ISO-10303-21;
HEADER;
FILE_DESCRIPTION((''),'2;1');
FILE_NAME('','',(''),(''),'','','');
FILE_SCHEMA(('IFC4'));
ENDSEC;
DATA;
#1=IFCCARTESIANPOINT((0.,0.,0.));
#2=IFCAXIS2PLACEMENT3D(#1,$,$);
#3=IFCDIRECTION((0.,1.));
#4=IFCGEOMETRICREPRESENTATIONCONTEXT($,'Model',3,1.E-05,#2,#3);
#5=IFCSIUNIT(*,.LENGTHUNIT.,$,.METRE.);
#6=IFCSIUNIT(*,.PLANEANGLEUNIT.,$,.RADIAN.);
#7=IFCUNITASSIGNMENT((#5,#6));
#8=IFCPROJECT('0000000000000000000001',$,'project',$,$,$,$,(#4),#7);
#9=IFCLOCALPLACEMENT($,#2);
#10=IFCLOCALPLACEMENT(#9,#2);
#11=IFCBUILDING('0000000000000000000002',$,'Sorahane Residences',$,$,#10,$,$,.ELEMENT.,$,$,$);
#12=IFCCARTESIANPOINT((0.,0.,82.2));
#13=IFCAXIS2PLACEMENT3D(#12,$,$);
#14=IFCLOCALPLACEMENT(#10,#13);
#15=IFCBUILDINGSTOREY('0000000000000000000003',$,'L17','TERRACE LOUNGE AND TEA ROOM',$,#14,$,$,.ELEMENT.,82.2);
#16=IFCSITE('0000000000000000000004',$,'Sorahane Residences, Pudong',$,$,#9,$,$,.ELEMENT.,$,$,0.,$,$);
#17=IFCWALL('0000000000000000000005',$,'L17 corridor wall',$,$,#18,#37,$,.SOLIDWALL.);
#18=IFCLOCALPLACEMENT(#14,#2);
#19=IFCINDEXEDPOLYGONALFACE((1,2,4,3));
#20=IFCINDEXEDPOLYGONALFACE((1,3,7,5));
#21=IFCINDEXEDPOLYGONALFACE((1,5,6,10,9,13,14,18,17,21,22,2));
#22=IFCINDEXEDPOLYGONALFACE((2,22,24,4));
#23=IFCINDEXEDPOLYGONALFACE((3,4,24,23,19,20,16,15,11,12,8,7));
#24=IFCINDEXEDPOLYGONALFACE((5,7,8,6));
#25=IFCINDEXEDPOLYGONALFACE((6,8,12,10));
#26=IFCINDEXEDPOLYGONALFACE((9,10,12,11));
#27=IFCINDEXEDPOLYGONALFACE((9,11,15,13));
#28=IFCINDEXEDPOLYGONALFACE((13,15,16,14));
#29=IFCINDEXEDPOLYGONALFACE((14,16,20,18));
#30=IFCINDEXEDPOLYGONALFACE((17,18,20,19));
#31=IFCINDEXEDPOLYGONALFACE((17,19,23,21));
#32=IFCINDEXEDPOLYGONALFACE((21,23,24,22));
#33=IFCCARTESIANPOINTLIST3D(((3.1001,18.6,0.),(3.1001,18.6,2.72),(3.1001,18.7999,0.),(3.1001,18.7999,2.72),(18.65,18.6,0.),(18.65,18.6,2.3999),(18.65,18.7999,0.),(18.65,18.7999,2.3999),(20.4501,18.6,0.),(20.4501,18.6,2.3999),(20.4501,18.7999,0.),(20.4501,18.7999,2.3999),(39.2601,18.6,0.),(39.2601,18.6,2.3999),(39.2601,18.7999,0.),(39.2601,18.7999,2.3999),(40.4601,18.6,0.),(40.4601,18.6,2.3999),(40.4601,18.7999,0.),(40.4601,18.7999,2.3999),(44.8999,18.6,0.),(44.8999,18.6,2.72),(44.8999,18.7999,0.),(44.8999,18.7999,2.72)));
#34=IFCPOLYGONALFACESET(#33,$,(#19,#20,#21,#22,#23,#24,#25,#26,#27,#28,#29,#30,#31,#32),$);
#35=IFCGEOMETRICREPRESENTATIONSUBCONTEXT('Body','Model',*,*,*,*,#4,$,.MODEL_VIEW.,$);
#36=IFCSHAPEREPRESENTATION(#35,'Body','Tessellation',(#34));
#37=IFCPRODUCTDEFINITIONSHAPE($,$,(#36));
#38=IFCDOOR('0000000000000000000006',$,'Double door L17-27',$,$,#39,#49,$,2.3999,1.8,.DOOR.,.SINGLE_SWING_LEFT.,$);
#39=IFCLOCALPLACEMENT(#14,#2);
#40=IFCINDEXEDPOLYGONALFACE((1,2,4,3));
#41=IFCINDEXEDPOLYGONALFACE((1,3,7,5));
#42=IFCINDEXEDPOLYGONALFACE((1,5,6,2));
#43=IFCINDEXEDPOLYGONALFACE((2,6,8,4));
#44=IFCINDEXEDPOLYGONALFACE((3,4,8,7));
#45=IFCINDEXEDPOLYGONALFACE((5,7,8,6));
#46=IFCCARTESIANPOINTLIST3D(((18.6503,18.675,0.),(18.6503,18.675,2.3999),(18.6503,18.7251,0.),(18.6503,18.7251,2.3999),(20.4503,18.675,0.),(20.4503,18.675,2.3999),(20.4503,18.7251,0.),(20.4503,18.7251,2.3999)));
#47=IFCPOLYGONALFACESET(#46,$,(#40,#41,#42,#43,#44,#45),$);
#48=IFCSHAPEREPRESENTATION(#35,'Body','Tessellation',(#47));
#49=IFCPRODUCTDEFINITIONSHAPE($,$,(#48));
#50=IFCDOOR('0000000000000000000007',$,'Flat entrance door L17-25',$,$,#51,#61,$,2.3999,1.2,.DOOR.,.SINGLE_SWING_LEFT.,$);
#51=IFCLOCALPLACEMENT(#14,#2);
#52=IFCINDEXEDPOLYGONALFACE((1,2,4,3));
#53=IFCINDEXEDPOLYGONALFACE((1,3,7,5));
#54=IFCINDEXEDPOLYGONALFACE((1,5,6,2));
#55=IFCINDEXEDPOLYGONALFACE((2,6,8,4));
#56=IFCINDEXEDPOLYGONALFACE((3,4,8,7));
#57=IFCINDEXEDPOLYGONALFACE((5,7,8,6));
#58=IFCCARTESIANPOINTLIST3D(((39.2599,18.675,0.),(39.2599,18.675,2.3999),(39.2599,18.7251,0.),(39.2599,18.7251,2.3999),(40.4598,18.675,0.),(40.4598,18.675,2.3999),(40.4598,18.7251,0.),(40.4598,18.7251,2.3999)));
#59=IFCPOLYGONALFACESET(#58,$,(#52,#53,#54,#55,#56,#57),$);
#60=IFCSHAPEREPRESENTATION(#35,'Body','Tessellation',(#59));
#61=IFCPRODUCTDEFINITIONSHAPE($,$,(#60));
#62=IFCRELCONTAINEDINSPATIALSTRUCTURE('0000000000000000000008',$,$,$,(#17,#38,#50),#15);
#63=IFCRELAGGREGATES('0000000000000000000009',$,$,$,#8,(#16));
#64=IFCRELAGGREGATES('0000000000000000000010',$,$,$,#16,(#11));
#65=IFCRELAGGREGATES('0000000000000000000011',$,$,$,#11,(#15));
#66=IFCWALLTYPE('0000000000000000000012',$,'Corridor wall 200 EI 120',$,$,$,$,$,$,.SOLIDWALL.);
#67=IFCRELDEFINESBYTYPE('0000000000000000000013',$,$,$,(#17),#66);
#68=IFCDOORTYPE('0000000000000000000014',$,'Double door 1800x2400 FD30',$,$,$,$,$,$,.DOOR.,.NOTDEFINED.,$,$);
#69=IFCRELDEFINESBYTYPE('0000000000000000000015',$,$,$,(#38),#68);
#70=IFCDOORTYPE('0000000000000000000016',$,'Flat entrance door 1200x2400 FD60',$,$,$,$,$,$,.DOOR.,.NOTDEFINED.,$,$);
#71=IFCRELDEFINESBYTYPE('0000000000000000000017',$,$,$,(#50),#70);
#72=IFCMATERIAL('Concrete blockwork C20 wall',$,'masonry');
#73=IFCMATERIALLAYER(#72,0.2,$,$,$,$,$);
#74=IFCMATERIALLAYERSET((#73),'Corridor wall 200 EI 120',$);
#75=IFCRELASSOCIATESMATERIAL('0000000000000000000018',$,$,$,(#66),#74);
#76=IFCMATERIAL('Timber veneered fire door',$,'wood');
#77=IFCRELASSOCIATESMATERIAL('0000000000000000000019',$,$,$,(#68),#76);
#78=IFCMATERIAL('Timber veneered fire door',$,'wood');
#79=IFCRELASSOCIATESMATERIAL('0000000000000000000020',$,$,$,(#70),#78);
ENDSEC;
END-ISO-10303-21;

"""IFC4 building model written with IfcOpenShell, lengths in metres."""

from ifc_helpers import new_model, si_unit, direction, frame, frame_2d, origin, place, context, subcontext, project, spatial, rectangle, extrude, material, layer, layer_set, type_object, element, fill, save


model = new_model("IFC4")

# Units and contexts
model_context = context("Model", 3, precision=1e-05, world=origin(), true_north=direction((0.0, 1.0)))
body_context = subcontext(model_context, "Body", "Model", "MODEL_VIEW")
ifc_project = project(units=[si_unit("LENGTHUNIT", "METRE"), si_unit("PLANEANGLEUNIT", "RADIAN")], contexts=[model_context])

# Site, building, storey
site_placement = place(None, origin())
site = spatial("IfcSite", under=ifc_project, at=site_placement, Name="Sorahane Residences, Pudong", CompositionType="ELEMENT", RefElevation=0.0)
building_placement = place(site_placement, origin())
building = spatial("IfcBuilding", under=site, at=building_placement, Name="Sorahane Residences", CompositionType="ELEMENT")
storey_placement = place(building_placement, frame((0.0, 0.0, 82.2)))
storey = spatial("IfcBuildingStorey", under=building, at=storey_placement, Name="L17", Description="TERRACE LOUNGE AND TEA ROOM", CompositionType="ELEMENT", Elevation=82.2)

# Shared definitions
ifc_material_1 = material(Name="Concrete blockwork C20 wall", Category="masonry")
ifc_layer_1 = layer(ifc_material_1, 0.2)
ifc_layer_set_1 = layer_set([ifc_layer_1], Name="Corridor wall 200 EI 120")
wall_type = type_object("IfcWallType", Name="Corridor wall 200 EI 120", PredefinedType="SOLIDWALL", material=ifc_layer_set_1)

# Wall, openings, doors
wall_1_placement = place(storey_placement, frame((3.1001, 18.7, 0.0), z_axis=(0.0, 0.0, 1.0), x_axis=(1.0, 0.0, 0.0)))
wall_1 = element("IfcWall", 1, at=wall_1_placement, inside=storey, type_object=wall_type, Name="L17 corridor wall", PredefinedType="SOLIDWALL", context=body_context, shape_type="SweptSolid", body=[
    extrude(rectangle(XDim=41.7998, YDim=0.2, at=frame_2d((20.8999, 0.0))), origin(), (0.0, 0.0, 1.0), 2.72),
])
opening_1_placement = place(wall_1_placement, frame((36.1599, 0.0, 0.0)))
opening_1 = element("IfcOpeningElement", 2, at=opening_1_placement, cuts=wall_1, PredefinedType="OPENING", context=body_context, shape_type="SweptSolid", body=[
    extrude(rectangle(XDim=1.2, YDim=2.3999, at=frame_2d((0.6001, 1.2))), frame((0.0, 0.1099, 0.0), z_axis=(0.0, -1.0, 0.0), x_axis=(1.0, 0.0, 0.0)), (0.0, 0.0, 1.0), 0.22),
])
opening_2_placement = place(wall_1_placement, frame((15.55, 0.0, 0.0)))
opening_2 = element("IfcOpeningElement", 3, at=opening_2_placement, cuts=wall_1, PredefinedType="OPENING", context=body_context, shape_type="SweptSolid", body=[
    extrude(rectangle(XDim=1.8, YDim=2.3999, at=frame_2d((0.8999, 1.2))), frame((0.0, 0.1099, 0.0), z_axis=(0.0, -1.0, 0.0), x_axis=(1.0, 0.0, 0.0)), (0.0, 0.0, 1.0), 0.22),
])
ifc_material_2 = material(Name="Timber veneered fire door", Category="wood")
door_type_1 = type_object("IfcDoorType", Name="Double door 1800x2400 FD30", OperationType="NOTDEFINED", PredefinedType="DOOR", material=ifc_material_2)
door_1_placement = place(opening_2_placement, frame((1.8, 0.0, 0.0), z_axis=(0.0, 0.0, 1.0), x_axis=(-1.0, 0.0, 0.0)))
door_1 = element("IfcDoor", 4, at=door_1_placement, inside=storey, type_object=door_type_1, Name="Double door L17-27", OperationType="SINGLE_SWING_LEFT", OverallHeight=2.3999, OverallWidth=1.8, PredefinedType="DOOR", context=body_context, shape_type="SweptSolid", body=[
    extrude(rectangle(XDim=1.8, YDim=2.3999, at=frame_2d((0.8999, 1.2))), frame((0.0, 0.0249, 0.0), z_axis=(0.0, -1.0, 0.0), x_axis=(1.0, 0.0, 0.0)), (0.0, 0.0, 1.0), 0.05),
])
fill(opening_2, door_1)
ifc_material_3 = material(Name="Timber veneered fire door", Category="wood")
door_type_2 = type_object("IfcDoorType", Name="Flat entrance door 1200x2400 FD60", OperationType="NOTDEFINED", PredefinedType="DOOR", material=ifc_material_3)
door_2_placement = place(opening_1_placement, frame((1.2, 0.0, 0.0), z_axis=(0.0, 0.0, 1.0), x_axis=(-1.0, 0.0, 0.0)))
door_2 = element("IfcDoor", 5, at=door_2_placement, inside=storey, type_object=door_type_2, Name="Flat entrance door L17-25", OperationType="SINGLE_SWING_LEFT", OverallHeight=2.3999, OverallWidth=1.2, PredefinedType="DOOR", context=body_context, shape_type="SweptSolid", body=[
    extrude(rectangle(XDim=1.2, YDim=2.3999, at=frame_2d((0.6001, 1.2))), frame((0.0, 0.0249, 0.0), z_axis=(0.0, -1.0, 0.0), x_axis=(1.0, 0.0, 0.0)), (0.0, 0.0, 1.0), 0.05),
])
fill(opening_1, door_2)

save(model, "model.ifc")
